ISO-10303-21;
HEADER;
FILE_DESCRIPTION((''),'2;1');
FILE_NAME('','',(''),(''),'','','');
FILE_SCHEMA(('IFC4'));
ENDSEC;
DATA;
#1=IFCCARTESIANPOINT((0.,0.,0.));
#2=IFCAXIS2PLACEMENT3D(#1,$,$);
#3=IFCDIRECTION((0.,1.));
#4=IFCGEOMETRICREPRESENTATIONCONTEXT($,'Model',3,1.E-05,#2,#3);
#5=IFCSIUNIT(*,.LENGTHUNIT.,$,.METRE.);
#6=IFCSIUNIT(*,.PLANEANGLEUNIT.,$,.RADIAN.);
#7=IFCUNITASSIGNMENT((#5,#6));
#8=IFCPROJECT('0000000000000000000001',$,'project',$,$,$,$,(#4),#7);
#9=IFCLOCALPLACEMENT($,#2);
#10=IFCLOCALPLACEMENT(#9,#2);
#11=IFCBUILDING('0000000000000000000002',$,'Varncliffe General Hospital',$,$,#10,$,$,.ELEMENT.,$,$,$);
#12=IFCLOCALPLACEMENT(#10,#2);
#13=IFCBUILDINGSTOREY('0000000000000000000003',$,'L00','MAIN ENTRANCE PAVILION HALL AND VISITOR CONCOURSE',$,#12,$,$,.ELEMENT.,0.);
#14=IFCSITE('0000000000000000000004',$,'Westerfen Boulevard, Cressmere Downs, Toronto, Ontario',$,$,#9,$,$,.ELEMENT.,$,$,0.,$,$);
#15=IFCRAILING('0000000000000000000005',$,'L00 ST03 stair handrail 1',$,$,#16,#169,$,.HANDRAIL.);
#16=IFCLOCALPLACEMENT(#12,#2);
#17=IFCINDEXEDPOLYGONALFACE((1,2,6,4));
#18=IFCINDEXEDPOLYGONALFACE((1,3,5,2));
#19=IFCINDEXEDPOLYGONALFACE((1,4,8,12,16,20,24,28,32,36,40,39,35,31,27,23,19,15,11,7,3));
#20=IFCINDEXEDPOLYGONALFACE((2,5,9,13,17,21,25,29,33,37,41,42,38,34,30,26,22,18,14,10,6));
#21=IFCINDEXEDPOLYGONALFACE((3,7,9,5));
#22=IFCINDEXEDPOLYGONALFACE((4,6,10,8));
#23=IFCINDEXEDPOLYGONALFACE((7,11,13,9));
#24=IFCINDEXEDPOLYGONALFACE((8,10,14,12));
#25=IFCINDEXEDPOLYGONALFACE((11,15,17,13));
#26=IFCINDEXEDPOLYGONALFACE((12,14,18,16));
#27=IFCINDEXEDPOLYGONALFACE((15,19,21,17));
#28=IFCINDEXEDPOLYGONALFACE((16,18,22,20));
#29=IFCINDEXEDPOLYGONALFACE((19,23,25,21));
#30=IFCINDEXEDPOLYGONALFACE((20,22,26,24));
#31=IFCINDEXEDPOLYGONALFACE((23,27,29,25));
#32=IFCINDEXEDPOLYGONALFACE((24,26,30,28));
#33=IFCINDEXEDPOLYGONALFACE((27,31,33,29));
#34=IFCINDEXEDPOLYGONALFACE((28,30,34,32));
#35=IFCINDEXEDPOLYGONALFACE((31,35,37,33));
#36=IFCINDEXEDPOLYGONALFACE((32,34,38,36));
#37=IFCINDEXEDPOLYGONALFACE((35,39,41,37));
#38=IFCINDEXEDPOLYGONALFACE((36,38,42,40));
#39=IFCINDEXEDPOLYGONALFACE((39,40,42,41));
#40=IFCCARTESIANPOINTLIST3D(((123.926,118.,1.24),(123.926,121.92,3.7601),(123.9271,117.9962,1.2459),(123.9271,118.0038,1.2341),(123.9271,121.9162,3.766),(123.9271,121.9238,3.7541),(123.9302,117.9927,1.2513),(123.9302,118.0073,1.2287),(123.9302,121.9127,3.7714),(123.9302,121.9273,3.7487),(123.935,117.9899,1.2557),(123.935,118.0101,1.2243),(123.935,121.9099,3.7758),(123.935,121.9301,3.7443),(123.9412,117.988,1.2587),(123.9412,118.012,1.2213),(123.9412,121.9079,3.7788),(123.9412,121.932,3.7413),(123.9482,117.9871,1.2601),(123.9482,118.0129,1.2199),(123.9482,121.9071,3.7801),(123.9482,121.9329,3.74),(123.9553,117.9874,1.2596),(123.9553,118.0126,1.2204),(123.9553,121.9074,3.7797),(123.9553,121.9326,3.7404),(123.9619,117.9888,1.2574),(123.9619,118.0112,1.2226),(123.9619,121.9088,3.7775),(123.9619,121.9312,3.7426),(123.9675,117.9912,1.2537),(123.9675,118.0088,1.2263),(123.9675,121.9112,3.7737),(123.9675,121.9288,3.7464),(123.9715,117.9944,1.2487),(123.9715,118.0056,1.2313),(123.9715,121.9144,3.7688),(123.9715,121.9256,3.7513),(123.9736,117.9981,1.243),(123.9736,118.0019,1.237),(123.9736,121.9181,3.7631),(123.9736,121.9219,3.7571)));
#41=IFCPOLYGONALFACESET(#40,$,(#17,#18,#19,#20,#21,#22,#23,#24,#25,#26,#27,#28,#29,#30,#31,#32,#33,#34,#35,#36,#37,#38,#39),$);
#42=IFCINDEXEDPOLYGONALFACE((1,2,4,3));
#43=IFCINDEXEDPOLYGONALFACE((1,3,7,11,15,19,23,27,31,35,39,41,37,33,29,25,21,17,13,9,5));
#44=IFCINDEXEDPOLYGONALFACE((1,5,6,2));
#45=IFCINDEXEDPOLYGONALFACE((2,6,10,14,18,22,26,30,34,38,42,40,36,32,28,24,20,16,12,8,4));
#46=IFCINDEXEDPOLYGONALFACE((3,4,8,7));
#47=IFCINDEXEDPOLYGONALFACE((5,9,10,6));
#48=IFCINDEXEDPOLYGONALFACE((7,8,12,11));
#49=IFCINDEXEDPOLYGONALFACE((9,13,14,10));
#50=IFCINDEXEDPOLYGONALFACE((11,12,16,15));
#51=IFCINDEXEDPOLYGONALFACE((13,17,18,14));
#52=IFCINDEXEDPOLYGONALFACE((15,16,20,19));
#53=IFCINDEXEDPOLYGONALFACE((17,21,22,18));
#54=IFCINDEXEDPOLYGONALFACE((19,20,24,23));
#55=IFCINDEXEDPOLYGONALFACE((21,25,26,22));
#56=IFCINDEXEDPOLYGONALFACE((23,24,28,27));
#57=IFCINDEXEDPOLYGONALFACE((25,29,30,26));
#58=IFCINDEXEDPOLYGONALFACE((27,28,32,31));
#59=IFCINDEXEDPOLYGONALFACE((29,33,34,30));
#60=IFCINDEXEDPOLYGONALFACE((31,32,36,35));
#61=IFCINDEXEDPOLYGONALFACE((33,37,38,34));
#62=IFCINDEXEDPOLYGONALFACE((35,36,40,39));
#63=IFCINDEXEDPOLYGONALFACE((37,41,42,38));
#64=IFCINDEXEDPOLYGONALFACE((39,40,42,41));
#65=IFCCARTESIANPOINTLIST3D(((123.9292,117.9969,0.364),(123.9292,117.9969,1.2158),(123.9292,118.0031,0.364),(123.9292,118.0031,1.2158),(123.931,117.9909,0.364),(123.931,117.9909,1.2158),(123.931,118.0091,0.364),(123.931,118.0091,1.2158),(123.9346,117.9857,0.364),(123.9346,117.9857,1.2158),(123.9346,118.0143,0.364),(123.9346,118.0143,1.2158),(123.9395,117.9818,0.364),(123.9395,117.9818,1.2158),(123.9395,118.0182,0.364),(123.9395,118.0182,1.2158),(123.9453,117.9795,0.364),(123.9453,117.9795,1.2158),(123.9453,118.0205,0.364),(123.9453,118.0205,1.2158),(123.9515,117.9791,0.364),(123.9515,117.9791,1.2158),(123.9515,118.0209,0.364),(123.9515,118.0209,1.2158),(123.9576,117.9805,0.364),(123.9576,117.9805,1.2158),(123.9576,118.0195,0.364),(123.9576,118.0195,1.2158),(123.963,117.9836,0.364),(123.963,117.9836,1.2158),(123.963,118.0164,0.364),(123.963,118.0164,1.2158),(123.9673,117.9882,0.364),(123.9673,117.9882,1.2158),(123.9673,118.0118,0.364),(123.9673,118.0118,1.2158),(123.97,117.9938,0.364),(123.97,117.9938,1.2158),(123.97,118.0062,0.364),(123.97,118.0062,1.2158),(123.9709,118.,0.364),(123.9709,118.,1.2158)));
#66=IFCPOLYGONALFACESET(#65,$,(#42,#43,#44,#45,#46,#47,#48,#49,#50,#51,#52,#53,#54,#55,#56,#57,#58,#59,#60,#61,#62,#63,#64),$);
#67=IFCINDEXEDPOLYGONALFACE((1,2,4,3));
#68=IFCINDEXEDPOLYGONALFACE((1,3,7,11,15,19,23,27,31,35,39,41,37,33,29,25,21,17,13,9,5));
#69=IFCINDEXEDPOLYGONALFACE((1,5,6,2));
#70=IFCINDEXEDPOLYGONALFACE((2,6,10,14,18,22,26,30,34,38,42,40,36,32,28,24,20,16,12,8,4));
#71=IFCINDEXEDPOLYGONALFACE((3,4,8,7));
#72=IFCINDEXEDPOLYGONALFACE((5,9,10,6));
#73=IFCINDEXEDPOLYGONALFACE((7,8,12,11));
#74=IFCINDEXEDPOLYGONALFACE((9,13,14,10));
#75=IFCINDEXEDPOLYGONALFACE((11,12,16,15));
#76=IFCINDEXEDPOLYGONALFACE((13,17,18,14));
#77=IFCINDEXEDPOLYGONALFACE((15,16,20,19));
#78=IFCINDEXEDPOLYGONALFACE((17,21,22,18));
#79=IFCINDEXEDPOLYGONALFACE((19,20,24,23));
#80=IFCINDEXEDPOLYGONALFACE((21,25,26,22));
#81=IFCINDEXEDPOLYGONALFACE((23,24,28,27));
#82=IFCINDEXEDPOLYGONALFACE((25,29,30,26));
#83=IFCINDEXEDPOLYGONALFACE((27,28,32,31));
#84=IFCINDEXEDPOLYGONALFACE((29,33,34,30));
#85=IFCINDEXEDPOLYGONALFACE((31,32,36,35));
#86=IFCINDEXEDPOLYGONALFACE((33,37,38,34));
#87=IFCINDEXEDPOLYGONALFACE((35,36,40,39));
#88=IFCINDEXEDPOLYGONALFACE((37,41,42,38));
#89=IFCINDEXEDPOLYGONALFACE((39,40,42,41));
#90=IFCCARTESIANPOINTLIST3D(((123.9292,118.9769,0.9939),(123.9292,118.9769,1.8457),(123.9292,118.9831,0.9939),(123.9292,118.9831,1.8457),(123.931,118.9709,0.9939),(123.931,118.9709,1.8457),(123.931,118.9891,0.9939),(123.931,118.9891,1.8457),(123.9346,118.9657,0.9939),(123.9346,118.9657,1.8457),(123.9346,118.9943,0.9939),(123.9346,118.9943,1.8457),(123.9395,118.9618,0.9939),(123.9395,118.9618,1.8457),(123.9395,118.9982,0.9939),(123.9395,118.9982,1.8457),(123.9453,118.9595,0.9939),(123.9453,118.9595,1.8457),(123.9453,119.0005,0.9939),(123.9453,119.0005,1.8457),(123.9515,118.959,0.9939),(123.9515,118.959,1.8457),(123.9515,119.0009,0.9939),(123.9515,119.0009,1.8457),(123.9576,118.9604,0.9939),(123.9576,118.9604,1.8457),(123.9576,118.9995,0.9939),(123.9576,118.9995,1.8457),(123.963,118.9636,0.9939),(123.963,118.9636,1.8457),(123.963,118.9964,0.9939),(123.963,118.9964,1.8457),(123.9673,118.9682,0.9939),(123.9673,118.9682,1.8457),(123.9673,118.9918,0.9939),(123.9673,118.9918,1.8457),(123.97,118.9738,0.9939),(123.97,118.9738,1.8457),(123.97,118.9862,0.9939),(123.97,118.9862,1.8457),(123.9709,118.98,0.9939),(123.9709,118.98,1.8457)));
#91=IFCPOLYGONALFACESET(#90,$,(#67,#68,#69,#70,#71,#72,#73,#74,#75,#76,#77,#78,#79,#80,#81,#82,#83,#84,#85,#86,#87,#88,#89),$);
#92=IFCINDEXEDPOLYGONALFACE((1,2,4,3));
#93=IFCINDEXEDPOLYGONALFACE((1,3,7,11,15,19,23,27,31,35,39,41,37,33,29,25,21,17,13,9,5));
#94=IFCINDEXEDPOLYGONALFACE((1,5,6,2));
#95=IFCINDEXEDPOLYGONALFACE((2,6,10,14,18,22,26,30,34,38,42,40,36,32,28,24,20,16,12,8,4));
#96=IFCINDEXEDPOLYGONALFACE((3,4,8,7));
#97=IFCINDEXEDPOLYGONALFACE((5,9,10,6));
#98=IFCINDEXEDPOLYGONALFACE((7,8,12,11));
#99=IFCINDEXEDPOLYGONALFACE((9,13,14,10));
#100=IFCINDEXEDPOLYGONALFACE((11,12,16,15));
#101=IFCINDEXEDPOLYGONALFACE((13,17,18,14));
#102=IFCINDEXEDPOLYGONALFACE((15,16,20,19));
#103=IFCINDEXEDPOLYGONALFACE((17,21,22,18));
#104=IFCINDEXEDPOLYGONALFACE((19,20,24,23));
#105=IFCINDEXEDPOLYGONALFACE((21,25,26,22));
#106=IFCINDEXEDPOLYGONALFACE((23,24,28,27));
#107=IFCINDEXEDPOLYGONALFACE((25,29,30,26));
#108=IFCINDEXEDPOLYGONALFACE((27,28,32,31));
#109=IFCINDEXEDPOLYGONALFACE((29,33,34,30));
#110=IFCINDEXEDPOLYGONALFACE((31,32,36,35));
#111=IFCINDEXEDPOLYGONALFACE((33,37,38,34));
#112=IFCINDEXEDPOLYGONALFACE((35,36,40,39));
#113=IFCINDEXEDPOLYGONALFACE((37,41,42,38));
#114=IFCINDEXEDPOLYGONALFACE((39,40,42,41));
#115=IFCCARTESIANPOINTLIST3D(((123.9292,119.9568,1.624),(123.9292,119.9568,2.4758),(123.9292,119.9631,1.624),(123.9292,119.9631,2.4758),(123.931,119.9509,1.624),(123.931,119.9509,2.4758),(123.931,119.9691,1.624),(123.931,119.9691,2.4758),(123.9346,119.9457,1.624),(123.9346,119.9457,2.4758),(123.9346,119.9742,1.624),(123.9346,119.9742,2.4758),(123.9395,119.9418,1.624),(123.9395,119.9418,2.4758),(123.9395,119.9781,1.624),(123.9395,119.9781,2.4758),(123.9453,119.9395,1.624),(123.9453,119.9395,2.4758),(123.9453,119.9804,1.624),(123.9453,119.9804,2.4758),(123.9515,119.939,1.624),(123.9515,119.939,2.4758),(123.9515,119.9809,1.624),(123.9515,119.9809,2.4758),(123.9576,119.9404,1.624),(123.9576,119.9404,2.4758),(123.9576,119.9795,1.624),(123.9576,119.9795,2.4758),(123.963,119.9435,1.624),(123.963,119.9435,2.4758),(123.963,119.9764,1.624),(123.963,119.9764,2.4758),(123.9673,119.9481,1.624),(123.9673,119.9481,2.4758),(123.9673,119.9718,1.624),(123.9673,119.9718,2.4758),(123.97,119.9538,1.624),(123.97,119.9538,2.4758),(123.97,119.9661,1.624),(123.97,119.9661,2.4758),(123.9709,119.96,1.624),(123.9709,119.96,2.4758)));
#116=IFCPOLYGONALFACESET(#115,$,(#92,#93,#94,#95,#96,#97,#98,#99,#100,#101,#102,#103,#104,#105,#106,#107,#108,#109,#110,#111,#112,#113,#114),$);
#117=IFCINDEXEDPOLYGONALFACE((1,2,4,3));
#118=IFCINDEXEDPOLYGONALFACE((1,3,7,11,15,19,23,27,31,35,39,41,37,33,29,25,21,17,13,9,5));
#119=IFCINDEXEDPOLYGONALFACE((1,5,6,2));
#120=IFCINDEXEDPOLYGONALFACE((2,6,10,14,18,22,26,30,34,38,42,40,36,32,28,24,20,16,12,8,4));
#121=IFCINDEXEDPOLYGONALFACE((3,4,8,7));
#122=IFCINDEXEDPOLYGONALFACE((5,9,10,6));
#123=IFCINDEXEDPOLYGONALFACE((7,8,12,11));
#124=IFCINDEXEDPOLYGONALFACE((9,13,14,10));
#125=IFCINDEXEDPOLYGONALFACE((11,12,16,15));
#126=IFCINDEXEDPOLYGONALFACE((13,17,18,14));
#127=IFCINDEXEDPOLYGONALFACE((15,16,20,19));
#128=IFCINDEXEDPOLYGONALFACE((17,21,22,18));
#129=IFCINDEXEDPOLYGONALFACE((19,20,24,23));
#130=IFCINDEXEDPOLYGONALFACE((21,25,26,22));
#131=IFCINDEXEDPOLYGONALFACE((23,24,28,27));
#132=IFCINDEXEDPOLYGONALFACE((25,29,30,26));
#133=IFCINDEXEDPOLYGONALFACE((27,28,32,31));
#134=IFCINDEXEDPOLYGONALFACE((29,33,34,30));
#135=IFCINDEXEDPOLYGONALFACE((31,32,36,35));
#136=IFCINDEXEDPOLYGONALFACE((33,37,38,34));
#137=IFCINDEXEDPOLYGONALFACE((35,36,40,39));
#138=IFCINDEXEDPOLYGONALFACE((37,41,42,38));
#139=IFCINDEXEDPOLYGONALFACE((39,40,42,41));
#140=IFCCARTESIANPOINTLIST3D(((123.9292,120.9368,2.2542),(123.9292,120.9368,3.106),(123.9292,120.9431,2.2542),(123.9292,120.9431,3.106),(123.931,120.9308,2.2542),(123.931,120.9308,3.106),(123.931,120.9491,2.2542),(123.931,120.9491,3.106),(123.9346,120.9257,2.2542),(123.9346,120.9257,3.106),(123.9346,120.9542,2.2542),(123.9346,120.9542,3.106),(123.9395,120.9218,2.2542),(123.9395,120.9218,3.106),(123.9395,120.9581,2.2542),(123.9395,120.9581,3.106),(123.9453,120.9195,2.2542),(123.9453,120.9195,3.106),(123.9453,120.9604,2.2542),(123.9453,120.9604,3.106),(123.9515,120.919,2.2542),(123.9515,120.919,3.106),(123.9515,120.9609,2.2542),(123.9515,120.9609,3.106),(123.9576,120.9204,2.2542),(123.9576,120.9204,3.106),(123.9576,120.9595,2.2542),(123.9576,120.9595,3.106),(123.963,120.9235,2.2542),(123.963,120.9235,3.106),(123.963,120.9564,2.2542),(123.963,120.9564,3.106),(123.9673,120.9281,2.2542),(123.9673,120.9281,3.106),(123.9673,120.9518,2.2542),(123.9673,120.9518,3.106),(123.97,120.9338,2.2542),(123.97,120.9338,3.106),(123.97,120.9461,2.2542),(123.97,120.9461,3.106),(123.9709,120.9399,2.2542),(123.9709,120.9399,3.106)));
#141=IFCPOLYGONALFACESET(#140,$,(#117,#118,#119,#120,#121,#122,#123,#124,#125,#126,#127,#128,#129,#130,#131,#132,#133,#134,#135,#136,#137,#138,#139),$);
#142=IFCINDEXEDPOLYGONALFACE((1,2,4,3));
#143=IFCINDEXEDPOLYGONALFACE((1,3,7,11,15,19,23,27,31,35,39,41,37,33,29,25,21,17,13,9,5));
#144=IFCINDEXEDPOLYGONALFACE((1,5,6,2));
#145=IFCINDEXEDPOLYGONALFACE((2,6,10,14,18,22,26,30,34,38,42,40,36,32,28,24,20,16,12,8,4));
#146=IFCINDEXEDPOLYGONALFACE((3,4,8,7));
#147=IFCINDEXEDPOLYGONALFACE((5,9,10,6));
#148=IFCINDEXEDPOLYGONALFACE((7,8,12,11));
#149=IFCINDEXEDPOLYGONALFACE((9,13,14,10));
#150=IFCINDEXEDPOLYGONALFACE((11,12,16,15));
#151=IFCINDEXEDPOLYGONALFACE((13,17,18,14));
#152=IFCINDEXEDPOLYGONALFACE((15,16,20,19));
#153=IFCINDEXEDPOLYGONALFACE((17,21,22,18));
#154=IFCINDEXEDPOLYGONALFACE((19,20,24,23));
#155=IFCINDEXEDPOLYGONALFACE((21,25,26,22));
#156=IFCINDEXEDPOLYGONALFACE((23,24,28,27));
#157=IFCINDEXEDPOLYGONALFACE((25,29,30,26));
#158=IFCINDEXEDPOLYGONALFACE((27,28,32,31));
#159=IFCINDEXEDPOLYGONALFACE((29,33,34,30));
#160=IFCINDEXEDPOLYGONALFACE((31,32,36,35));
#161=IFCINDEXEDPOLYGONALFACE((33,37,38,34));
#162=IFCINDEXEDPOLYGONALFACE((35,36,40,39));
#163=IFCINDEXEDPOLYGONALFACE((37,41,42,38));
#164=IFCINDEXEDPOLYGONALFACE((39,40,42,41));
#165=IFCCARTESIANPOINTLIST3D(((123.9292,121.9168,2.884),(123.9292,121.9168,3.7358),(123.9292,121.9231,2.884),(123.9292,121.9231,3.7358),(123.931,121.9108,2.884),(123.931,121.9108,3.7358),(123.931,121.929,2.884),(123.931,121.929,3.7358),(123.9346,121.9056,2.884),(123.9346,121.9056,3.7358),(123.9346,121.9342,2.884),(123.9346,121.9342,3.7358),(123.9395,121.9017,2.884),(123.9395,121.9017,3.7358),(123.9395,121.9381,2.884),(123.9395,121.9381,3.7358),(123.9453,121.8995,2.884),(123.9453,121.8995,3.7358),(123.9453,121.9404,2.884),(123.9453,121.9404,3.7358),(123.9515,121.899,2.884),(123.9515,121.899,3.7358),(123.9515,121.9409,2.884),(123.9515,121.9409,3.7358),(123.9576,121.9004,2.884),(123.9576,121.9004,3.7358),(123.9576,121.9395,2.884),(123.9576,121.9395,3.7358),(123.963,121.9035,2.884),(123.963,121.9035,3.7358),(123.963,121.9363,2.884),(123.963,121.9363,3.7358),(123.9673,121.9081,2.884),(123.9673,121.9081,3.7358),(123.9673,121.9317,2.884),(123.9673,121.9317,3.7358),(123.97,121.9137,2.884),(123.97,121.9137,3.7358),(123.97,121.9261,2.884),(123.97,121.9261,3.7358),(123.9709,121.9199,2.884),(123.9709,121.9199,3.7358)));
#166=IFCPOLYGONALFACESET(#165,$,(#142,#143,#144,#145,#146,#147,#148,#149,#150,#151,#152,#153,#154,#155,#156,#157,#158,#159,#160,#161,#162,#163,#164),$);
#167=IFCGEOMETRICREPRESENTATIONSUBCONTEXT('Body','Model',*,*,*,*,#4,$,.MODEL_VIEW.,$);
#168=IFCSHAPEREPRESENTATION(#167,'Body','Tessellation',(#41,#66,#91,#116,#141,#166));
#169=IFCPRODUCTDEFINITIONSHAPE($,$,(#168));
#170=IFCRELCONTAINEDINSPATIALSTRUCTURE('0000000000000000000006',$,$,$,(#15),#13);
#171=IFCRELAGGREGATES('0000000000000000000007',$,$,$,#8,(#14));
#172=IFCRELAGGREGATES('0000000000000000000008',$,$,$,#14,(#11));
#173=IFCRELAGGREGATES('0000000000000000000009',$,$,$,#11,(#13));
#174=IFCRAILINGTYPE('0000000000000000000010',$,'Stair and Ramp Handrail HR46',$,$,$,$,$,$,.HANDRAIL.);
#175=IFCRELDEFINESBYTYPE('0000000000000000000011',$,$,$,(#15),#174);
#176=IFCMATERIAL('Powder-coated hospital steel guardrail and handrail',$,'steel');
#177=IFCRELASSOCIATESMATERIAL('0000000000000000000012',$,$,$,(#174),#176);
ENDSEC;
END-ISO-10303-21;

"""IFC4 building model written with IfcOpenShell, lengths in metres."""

from ifc_helpers import new_model, si_unit, direction, frame, origin, origin_2d, place, context, subcontext, project, spatial, circle, extrude, material, type_object, element, save


model = new_model("IFC4")

# Units and contexts
model_context = context("Model", 3, precision=1e-05, world=origin(), true_north=direction((0.0, 1.0)))
body_context = subcontext(model_context, "Body", "Model", "MODEL_VIEW")
ifc_project = project(units=[si_unit("LENGTHUNIT", "METRE"), si_unit("PLANEANGLEUNIT", "RADIAN")], contexts=[model_context])

# Site, building, storey
site_placement = place(None, origin())
site = spatial("IfcSite", under=ifc_project, at=site_placement, Name="Westerfen Boulevard, Cressmere Downs, Toronto, Ontario", CompositionType="ELEMENT", RefElevation=0.0)
building_placement = place(site_placement, origin())
building = spatial("IfcBuilding", under=site, at=building_placement, Name="Varncliffe General Hospital", CompositionType="ELEMENT")
storey_placement = place(building_placement, origin())
storey = spatial("IfcBuildingStorey", under=building, at=storey_placement, Name="L00", Description="MAIN ENTRANCE PAVILION HALL AND VISITOR CONCOURSE", CompositionType="ELEMENT", Elevation=0.0)

# Railing
ifc_material_1 = material(Name="Powder-coated hospital steel guardrail and handrail", Category="steel")
railing_type_1 = type_object("IfcRailingType", Name="Stair and Ramp Handrail HR46", PredefinedType="HANDRAIL", material=ifc_material_1)
railing_1_placement = place(storey_placement, frame((123.95, 118.0, 0.364)))
element("IfcRailing", 1, at=railing_1_placement, inside=storey, type_object=railing_type_1, Name="L00 ST03 stair handrail 1", PredefinedType="HANDRAIL", context=body_context, shape_type="SweptSolid", body=[
    extrude(circle(Radius=0.0239, at=origin_2d()), frame((0.0, 0.0, 0.876), z_axis=(0.0, 0.841172, 0.540768), x_axis=(-1.0, 0.0, 0.0)), (0.0, 0.0, 1.0), 4.6602),
    extrude(circle(Radius=0.021, at=origin_2d()), origin(), (0.0, 0.0, 1.0), 0.8518),
    extrude(circle(Radius=0.021, at=origin_2d()), frame((0.0, 0.98, 0.6299)), (0.0, 0.0, 1.0), 0.8518),
    extrude(circle(Radius=0.021, at=origin_2d()), frame((0.0, 1.96, 1.26)), (0.0, 0.0, 1.0), 0.8518),
    extrude(circle(Radius=0.021, at=origin_2d()), frame((0.0, 2.9399, 1.8901)), (0.0, 0.0, 1.0), 0.8518),
    extrude(circle(Radius=0.021, at=origin_2d()), frame((0.0, 3.9199, 2.52)), (0.0, 0.0, 1.0), 0.8518),
])

save(model, "model.ifc")
